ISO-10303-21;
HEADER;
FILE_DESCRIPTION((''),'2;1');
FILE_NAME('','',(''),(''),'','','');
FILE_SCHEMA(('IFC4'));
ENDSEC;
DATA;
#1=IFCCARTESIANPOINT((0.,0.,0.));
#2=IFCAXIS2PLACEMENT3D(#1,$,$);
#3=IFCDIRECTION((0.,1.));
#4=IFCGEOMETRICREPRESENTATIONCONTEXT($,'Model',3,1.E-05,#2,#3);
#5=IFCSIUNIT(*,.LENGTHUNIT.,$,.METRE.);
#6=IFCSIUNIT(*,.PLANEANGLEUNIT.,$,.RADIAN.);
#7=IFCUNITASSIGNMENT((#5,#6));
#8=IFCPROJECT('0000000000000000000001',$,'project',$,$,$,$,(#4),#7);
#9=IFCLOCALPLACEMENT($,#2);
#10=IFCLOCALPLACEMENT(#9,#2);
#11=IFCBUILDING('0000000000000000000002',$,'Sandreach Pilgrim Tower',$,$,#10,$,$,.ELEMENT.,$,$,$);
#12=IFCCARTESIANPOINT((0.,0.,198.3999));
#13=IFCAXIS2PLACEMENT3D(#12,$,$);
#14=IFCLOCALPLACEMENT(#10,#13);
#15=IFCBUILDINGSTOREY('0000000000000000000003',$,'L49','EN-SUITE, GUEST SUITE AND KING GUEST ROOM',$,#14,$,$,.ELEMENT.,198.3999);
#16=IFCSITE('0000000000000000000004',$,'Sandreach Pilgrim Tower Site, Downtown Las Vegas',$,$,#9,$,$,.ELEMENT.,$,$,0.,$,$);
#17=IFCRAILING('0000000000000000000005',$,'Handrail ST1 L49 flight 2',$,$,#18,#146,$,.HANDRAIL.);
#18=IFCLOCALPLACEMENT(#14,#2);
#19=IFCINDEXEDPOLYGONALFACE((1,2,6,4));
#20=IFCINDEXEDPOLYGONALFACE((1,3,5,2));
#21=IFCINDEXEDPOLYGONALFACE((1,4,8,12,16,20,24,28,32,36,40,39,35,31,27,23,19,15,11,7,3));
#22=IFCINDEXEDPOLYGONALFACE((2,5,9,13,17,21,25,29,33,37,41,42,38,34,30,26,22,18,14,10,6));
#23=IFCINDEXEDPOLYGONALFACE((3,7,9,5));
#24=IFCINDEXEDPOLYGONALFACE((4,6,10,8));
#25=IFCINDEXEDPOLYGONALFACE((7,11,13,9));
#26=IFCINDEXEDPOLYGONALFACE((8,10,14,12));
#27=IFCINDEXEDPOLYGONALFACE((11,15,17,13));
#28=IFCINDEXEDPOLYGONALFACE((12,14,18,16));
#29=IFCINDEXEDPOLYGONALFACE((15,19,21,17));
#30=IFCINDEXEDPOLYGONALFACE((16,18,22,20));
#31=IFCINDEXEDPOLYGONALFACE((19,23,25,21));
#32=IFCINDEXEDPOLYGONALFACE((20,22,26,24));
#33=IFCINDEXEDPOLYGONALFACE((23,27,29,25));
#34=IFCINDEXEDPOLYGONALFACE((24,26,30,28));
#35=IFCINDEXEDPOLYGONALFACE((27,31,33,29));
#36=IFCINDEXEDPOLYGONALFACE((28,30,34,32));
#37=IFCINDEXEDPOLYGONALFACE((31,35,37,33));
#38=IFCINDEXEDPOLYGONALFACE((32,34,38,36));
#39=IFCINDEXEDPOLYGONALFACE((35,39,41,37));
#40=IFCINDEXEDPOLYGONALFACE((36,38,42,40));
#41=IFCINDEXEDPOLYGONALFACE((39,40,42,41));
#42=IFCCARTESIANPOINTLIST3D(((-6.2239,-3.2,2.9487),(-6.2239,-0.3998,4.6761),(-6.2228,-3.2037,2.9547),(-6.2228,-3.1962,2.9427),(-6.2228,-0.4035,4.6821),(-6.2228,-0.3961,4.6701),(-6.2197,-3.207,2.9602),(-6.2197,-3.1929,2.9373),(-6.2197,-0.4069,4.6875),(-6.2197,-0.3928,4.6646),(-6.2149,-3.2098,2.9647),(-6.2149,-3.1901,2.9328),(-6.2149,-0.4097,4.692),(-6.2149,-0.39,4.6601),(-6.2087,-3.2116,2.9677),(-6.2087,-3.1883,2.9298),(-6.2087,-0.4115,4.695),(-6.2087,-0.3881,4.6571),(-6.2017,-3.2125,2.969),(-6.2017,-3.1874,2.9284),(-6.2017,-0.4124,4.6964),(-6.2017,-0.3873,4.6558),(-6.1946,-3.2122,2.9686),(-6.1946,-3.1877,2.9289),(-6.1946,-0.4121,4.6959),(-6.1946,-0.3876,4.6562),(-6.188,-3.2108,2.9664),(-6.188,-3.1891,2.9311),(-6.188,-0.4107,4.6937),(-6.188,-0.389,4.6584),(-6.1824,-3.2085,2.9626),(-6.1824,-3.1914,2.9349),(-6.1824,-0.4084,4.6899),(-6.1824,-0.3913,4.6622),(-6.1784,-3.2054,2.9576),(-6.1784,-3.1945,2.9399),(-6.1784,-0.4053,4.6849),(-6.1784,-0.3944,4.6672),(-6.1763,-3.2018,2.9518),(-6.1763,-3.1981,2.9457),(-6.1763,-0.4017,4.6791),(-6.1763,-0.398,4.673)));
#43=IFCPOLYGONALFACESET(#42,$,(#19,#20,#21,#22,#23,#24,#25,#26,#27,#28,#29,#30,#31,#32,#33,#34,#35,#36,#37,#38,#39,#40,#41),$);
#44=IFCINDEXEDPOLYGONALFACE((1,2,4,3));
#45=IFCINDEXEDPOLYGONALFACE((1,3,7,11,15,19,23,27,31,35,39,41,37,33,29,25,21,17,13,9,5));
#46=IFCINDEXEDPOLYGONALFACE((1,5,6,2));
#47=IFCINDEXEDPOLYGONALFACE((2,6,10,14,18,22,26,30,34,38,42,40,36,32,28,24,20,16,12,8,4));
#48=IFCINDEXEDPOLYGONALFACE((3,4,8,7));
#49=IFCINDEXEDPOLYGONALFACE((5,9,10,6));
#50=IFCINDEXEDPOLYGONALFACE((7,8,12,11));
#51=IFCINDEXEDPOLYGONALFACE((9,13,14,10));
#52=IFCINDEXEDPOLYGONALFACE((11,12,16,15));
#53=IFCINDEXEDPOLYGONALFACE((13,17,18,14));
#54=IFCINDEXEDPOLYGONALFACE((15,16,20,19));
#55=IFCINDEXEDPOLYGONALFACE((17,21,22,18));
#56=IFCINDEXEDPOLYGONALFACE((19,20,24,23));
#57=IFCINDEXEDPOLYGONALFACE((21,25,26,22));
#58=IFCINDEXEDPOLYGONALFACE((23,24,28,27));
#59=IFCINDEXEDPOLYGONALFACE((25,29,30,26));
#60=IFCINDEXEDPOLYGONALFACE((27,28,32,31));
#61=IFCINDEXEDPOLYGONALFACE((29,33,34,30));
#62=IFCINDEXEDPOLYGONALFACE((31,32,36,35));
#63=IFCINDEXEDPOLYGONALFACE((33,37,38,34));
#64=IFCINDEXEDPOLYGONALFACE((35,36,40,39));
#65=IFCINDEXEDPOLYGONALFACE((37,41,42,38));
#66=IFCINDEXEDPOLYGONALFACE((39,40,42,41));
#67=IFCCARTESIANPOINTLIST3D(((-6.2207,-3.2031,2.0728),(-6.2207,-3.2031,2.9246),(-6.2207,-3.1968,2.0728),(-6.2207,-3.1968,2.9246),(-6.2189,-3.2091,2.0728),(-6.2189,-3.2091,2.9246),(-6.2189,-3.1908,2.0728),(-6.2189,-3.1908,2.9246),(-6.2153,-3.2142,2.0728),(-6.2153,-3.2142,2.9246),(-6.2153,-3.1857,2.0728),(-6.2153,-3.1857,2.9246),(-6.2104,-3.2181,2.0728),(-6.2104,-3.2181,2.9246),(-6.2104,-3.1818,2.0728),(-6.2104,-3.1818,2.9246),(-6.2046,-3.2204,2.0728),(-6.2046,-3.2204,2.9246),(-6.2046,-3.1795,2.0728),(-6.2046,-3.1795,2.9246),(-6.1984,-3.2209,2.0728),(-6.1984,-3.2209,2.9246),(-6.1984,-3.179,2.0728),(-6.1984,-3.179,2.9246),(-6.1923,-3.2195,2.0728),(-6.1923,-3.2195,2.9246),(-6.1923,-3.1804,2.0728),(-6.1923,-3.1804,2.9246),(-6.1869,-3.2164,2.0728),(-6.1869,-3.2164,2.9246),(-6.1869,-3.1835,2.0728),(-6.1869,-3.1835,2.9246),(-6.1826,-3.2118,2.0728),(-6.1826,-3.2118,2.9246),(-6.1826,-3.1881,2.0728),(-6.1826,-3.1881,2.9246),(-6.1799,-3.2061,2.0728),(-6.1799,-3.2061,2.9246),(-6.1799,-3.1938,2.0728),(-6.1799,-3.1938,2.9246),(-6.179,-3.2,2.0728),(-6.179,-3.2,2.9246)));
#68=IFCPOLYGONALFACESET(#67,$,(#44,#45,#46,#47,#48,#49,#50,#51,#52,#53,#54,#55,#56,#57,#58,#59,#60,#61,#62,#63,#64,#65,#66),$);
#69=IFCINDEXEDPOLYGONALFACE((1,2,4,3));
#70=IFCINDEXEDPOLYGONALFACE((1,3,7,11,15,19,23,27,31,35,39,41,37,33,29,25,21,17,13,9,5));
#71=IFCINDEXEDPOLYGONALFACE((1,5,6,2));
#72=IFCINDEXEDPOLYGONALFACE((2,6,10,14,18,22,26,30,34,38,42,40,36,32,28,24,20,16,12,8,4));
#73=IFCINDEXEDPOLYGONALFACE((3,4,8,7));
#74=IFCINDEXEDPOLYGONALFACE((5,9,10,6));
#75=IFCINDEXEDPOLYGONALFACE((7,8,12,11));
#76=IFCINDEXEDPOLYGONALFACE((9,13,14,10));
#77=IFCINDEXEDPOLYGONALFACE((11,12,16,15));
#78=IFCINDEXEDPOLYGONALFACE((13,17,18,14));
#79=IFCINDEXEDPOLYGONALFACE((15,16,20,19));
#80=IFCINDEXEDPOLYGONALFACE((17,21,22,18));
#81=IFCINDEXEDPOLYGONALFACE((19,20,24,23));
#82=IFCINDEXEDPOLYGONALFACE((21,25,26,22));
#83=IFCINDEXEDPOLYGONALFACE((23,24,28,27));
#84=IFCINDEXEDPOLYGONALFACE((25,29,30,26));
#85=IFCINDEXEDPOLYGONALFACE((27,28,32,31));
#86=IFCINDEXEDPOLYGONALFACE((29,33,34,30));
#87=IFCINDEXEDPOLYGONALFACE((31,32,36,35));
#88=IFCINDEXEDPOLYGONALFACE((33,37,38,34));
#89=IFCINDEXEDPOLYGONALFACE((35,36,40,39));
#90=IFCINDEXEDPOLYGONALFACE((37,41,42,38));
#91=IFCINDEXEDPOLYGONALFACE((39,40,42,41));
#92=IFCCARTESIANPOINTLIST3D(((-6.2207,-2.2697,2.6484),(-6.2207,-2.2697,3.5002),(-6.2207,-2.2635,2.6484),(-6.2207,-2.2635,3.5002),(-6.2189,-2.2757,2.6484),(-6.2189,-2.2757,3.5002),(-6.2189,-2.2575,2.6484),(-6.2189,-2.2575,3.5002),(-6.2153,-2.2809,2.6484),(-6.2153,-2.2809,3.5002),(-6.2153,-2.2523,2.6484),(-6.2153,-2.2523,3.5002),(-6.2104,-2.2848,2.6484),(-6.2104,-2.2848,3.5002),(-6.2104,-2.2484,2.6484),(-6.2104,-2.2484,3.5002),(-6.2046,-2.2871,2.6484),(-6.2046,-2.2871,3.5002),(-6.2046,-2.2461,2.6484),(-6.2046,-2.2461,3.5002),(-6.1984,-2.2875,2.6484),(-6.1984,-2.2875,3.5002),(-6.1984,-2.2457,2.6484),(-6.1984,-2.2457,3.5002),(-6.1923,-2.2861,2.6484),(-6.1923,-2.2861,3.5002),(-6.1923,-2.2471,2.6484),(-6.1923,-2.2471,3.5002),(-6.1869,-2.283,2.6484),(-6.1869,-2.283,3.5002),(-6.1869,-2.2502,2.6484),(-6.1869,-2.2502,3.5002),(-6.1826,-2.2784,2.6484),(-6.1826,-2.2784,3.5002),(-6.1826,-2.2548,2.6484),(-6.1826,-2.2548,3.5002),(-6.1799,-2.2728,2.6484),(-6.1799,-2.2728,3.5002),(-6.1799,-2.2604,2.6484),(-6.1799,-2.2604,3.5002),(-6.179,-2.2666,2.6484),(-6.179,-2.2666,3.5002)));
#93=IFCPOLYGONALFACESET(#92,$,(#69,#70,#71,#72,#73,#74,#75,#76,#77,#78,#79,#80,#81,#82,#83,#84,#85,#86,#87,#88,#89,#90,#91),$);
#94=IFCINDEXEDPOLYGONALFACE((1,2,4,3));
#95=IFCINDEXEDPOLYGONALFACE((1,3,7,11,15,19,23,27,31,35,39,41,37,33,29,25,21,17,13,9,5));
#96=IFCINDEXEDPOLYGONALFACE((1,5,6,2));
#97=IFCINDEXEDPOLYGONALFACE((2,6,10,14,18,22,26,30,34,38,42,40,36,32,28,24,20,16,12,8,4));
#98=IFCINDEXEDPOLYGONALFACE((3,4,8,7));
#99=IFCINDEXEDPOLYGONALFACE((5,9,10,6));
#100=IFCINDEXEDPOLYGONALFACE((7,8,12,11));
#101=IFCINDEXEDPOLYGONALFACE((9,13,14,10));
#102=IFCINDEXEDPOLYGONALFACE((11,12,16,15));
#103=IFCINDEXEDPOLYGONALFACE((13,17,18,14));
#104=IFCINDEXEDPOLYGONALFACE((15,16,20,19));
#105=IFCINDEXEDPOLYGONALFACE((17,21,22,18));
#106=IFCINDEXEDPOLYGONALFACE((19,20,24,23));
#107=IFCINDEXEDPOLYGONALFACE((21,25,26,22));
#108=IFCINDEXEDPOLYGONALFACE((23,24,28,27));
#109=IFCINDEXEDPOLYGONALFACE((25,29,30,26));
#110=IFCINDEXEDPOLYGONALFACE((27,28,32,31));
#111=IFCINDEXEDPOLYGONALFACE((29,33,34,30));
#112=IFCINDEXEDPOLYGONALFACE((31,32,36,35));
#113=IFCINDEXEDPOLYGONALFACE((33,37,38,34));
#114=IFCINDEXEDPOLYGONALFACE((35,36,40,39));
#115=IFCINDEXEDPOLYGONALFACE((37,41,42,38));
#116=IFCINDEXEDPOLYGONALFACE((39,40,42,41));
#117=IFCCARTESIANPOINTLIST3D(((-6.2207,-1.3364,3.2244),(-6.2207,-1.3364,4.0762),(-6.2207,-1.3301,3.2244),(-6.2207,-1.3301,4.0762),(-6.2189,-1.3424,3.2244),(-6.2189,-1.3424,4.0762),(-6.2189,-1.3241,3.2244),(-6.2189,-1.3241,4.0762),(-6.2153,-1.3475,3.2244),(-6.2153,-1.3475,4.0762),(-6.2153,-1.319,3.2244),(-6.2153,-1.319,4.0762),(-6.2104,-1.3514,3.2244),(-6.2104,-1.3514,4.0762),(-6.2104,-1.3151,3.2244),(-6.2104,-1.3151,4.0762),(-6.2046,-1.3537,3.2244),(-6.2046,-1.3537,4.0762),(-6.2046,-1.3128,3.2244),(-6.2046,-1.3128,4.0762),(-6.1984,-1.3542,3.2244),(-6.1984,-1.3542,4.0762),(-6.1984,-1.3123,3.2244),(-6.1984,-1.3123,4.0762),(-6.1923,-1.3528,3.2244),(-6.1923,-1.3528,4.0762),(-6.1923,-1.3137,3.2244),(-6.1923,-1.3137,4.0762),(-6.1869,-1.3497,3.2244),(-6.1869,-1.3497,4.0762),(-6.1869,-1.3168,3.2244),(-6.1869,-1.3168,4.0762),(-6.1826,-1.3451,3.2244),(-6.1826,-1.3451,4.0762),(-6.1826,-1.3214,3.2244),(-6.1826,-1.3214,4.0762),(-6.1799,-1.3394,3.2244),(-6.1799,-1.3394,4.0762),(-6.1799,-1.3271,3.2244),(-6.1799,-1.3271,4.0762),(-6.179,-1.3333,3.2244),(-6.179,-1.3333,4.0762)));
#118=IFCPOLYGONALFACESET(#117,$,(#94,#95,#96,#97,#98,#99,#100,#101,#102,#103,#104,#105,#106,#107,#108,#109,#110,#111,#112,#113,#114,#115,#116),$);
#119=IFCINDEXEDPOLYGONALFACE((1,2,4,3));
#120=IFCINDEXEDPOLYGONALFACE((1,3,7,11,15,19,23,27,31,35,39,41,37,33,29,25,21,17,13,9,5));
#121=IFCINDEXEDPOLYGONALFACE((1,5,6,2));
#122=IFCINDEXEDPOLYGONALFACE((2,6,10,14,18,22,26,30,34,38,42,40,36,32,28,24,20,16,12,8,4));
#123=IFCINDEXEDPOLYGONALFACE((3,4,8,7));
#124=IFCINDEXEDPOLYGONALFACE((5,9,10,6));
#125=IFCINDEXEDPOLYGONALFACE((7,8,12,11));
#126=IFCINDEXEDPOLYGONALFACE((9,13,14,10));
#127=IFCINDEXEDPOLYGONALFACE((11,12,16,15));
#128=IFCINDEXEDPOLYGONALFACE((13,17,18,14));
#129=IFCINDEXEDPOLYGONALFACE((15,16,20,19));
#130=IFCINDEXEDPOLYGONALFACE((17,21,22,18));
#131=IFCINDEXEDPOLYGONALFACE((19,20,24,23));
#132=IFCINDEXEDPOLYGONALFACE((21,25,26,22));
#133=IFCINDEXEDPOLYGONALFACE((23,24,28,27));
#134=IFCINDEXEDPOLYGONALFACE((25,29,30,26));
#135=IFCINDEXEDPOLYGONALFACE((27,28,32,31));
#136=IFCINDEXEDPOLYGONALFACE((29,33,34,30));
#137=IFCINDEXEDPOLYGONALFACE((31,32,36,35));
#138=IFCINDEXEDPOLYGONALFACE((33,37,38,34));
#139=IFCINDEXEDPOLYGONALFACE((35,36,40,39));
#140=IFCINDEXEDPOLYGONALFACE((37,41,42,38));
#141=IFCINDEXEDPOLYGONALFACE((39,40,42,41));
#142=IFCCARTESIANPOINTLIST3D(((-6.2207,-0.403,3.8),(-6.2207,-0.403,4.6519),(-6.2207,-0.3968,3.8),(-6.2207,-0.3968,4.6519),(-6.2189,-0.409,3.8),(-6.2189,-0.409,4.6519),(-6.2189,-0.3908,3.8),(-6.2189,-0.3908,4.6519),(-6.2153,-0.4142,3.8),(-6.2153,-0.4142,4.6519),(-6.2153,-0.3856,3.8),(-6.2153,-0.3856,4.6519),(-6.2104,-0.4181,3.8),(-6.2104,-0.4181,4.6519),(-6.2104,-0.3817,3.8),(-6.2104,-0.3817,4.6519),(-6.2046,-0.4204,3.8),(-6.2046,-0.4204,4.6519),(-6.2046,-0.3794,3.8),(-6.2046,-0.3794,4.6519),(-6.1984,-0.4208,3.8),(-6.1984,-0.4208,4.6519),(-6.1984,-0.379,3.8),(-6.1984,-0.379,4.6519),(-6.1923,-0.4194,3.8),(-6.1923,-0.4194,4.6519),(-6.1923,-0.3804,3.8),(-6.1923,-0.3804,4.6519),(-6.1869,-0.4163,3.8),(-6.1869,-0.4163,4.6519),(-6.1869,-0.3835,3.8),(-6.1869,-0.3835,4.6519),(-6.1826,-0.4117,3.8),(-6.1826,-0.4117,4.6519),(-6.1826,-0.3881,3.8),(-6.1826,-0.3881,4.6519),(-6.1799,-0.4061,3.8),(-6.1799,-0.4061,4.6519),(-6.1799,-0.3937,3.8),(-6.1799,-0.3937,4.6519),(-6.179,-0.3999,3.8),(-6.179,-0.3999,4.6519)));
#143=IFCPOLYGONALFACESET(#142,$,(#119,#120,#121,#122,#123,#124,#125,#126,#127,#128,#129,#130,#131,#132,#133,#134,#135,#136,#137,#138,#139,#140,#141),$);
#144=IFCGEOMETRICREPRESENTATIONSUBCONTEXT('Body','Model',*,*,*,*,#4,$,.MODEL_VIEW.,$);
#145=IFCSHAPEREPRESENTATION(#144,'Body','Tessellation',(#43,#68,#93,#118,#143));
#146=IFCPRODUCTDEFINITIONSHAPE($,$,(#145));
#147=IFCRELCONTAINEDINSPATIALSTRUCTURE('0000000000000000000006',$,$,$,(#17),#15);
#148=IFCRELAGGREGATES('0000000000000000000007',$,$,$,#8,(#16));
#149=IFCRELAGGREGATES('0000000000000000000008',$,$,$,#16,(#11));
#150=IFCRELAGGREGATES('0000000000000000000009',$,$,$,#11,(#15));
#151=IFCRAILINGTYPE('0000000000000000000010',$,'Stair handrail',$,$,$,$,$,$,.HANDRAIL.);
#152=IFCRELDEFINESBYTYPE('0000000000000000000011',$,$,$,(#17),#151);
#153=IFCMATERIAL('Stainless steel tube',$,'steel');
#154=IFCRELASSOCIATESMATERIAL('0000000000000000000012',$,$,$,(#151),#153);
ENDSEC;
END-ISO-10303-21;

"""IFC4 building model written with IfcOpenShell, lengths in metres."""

from ifc_helpers import new_model, si_unit, direction, frame, origin, origin_2d, place, context, subcontext, project, spatial, circle, extrude, material, type_object, element, save


model = new_model("IFC4")

# Units and contexts
model_context = context("Model", 3, precision=1e-05, world=origin(), true_north=direction((0.0, 1.0)))
body_context = subcontext(model_context, "Body", "Model", "MODEL_VIEW")
ifc_project = project(units=[si_unit("LENGTHUNIT", "METRE"), si_unit("PLANEANGLEUNIT", "RADIAN")], contexts=[model_context])

# Site, building, storey
site_placement = place(None, origin())
site = spatial("IfcSite", under=ifc_project, at=site_placement, Name="Sandreach Pilgrim Tower Site, Downtown Las Vegas", CompositionType="ELEMENT", RefElevation=0.0)
building_placement = place(site_placement, origin())
building = spatial("IfcBuilding", under=site, at=building_placement, Name="Sandreach Pilgrim Tower", CompositionType="ELEMENT")
storey_placement = place(building_placement, frame((0.0, 0.0, 198.3999)))
storey = spatial("IfcBuildingStorey", under=building, at=storey_placement, Name="L49", Description="EN-SUITE, GUEST SUITE AND KING GUEST ROOM", CompositionType="ELEMENT", Elevation=198.3999)

# Railing
ifc_material_1 = material(Name="Stainless steel tube", Category="steel")
railing_type = type_object("IfcRailingType", Name="Stair handrail", PredefinedType="HANDRAIL", material=ifc_material_1)
railing_placement = place(storey_placement, frame((-6.2, -3.2, 2.0728)))
element("IfcRailing", 1, at=railing_placement, inside=storey, type_object=railing_type, Name="Handrail ST1 L49 flight 2", PredefinedType="HANDRAIL", context=body_context, shape_type="SweptSolid", body=[
    extrude(circle(Radius=0.0239, at=origin_2d()), frame((0.0, 0.0, 0.876), z_axis=(0.0, 0.85109, 0.52502), x_axis=(-1.0, 0.0, 0.0)), (0.0, 0.0, 1.0), 3.29),
    extrude(circle(Radius=0.021, at=origin_2d()), origin(), (0.0, 0.0, 1.0), 0.8518),
    extrude(circle(Radius=0.021, at=origin_2d()), frame((0.0, 0.9333, 0.5757)), (0.0, 0.0, 1.0), 0.8518),
    extrude(circle(Radius=0.021, at=origin_2d()), frame((0.0, 1.8667, 1.1516)), (0.0, 0.0, 1.0), 0.8518),
    extrude(circle(Radius=0.021, at=origin_2d()), frame((0.0, 2.8, 1.7273)), (0.0, 0.0, 1.0), 0.8518),
])

save(model, "model.ifc")
